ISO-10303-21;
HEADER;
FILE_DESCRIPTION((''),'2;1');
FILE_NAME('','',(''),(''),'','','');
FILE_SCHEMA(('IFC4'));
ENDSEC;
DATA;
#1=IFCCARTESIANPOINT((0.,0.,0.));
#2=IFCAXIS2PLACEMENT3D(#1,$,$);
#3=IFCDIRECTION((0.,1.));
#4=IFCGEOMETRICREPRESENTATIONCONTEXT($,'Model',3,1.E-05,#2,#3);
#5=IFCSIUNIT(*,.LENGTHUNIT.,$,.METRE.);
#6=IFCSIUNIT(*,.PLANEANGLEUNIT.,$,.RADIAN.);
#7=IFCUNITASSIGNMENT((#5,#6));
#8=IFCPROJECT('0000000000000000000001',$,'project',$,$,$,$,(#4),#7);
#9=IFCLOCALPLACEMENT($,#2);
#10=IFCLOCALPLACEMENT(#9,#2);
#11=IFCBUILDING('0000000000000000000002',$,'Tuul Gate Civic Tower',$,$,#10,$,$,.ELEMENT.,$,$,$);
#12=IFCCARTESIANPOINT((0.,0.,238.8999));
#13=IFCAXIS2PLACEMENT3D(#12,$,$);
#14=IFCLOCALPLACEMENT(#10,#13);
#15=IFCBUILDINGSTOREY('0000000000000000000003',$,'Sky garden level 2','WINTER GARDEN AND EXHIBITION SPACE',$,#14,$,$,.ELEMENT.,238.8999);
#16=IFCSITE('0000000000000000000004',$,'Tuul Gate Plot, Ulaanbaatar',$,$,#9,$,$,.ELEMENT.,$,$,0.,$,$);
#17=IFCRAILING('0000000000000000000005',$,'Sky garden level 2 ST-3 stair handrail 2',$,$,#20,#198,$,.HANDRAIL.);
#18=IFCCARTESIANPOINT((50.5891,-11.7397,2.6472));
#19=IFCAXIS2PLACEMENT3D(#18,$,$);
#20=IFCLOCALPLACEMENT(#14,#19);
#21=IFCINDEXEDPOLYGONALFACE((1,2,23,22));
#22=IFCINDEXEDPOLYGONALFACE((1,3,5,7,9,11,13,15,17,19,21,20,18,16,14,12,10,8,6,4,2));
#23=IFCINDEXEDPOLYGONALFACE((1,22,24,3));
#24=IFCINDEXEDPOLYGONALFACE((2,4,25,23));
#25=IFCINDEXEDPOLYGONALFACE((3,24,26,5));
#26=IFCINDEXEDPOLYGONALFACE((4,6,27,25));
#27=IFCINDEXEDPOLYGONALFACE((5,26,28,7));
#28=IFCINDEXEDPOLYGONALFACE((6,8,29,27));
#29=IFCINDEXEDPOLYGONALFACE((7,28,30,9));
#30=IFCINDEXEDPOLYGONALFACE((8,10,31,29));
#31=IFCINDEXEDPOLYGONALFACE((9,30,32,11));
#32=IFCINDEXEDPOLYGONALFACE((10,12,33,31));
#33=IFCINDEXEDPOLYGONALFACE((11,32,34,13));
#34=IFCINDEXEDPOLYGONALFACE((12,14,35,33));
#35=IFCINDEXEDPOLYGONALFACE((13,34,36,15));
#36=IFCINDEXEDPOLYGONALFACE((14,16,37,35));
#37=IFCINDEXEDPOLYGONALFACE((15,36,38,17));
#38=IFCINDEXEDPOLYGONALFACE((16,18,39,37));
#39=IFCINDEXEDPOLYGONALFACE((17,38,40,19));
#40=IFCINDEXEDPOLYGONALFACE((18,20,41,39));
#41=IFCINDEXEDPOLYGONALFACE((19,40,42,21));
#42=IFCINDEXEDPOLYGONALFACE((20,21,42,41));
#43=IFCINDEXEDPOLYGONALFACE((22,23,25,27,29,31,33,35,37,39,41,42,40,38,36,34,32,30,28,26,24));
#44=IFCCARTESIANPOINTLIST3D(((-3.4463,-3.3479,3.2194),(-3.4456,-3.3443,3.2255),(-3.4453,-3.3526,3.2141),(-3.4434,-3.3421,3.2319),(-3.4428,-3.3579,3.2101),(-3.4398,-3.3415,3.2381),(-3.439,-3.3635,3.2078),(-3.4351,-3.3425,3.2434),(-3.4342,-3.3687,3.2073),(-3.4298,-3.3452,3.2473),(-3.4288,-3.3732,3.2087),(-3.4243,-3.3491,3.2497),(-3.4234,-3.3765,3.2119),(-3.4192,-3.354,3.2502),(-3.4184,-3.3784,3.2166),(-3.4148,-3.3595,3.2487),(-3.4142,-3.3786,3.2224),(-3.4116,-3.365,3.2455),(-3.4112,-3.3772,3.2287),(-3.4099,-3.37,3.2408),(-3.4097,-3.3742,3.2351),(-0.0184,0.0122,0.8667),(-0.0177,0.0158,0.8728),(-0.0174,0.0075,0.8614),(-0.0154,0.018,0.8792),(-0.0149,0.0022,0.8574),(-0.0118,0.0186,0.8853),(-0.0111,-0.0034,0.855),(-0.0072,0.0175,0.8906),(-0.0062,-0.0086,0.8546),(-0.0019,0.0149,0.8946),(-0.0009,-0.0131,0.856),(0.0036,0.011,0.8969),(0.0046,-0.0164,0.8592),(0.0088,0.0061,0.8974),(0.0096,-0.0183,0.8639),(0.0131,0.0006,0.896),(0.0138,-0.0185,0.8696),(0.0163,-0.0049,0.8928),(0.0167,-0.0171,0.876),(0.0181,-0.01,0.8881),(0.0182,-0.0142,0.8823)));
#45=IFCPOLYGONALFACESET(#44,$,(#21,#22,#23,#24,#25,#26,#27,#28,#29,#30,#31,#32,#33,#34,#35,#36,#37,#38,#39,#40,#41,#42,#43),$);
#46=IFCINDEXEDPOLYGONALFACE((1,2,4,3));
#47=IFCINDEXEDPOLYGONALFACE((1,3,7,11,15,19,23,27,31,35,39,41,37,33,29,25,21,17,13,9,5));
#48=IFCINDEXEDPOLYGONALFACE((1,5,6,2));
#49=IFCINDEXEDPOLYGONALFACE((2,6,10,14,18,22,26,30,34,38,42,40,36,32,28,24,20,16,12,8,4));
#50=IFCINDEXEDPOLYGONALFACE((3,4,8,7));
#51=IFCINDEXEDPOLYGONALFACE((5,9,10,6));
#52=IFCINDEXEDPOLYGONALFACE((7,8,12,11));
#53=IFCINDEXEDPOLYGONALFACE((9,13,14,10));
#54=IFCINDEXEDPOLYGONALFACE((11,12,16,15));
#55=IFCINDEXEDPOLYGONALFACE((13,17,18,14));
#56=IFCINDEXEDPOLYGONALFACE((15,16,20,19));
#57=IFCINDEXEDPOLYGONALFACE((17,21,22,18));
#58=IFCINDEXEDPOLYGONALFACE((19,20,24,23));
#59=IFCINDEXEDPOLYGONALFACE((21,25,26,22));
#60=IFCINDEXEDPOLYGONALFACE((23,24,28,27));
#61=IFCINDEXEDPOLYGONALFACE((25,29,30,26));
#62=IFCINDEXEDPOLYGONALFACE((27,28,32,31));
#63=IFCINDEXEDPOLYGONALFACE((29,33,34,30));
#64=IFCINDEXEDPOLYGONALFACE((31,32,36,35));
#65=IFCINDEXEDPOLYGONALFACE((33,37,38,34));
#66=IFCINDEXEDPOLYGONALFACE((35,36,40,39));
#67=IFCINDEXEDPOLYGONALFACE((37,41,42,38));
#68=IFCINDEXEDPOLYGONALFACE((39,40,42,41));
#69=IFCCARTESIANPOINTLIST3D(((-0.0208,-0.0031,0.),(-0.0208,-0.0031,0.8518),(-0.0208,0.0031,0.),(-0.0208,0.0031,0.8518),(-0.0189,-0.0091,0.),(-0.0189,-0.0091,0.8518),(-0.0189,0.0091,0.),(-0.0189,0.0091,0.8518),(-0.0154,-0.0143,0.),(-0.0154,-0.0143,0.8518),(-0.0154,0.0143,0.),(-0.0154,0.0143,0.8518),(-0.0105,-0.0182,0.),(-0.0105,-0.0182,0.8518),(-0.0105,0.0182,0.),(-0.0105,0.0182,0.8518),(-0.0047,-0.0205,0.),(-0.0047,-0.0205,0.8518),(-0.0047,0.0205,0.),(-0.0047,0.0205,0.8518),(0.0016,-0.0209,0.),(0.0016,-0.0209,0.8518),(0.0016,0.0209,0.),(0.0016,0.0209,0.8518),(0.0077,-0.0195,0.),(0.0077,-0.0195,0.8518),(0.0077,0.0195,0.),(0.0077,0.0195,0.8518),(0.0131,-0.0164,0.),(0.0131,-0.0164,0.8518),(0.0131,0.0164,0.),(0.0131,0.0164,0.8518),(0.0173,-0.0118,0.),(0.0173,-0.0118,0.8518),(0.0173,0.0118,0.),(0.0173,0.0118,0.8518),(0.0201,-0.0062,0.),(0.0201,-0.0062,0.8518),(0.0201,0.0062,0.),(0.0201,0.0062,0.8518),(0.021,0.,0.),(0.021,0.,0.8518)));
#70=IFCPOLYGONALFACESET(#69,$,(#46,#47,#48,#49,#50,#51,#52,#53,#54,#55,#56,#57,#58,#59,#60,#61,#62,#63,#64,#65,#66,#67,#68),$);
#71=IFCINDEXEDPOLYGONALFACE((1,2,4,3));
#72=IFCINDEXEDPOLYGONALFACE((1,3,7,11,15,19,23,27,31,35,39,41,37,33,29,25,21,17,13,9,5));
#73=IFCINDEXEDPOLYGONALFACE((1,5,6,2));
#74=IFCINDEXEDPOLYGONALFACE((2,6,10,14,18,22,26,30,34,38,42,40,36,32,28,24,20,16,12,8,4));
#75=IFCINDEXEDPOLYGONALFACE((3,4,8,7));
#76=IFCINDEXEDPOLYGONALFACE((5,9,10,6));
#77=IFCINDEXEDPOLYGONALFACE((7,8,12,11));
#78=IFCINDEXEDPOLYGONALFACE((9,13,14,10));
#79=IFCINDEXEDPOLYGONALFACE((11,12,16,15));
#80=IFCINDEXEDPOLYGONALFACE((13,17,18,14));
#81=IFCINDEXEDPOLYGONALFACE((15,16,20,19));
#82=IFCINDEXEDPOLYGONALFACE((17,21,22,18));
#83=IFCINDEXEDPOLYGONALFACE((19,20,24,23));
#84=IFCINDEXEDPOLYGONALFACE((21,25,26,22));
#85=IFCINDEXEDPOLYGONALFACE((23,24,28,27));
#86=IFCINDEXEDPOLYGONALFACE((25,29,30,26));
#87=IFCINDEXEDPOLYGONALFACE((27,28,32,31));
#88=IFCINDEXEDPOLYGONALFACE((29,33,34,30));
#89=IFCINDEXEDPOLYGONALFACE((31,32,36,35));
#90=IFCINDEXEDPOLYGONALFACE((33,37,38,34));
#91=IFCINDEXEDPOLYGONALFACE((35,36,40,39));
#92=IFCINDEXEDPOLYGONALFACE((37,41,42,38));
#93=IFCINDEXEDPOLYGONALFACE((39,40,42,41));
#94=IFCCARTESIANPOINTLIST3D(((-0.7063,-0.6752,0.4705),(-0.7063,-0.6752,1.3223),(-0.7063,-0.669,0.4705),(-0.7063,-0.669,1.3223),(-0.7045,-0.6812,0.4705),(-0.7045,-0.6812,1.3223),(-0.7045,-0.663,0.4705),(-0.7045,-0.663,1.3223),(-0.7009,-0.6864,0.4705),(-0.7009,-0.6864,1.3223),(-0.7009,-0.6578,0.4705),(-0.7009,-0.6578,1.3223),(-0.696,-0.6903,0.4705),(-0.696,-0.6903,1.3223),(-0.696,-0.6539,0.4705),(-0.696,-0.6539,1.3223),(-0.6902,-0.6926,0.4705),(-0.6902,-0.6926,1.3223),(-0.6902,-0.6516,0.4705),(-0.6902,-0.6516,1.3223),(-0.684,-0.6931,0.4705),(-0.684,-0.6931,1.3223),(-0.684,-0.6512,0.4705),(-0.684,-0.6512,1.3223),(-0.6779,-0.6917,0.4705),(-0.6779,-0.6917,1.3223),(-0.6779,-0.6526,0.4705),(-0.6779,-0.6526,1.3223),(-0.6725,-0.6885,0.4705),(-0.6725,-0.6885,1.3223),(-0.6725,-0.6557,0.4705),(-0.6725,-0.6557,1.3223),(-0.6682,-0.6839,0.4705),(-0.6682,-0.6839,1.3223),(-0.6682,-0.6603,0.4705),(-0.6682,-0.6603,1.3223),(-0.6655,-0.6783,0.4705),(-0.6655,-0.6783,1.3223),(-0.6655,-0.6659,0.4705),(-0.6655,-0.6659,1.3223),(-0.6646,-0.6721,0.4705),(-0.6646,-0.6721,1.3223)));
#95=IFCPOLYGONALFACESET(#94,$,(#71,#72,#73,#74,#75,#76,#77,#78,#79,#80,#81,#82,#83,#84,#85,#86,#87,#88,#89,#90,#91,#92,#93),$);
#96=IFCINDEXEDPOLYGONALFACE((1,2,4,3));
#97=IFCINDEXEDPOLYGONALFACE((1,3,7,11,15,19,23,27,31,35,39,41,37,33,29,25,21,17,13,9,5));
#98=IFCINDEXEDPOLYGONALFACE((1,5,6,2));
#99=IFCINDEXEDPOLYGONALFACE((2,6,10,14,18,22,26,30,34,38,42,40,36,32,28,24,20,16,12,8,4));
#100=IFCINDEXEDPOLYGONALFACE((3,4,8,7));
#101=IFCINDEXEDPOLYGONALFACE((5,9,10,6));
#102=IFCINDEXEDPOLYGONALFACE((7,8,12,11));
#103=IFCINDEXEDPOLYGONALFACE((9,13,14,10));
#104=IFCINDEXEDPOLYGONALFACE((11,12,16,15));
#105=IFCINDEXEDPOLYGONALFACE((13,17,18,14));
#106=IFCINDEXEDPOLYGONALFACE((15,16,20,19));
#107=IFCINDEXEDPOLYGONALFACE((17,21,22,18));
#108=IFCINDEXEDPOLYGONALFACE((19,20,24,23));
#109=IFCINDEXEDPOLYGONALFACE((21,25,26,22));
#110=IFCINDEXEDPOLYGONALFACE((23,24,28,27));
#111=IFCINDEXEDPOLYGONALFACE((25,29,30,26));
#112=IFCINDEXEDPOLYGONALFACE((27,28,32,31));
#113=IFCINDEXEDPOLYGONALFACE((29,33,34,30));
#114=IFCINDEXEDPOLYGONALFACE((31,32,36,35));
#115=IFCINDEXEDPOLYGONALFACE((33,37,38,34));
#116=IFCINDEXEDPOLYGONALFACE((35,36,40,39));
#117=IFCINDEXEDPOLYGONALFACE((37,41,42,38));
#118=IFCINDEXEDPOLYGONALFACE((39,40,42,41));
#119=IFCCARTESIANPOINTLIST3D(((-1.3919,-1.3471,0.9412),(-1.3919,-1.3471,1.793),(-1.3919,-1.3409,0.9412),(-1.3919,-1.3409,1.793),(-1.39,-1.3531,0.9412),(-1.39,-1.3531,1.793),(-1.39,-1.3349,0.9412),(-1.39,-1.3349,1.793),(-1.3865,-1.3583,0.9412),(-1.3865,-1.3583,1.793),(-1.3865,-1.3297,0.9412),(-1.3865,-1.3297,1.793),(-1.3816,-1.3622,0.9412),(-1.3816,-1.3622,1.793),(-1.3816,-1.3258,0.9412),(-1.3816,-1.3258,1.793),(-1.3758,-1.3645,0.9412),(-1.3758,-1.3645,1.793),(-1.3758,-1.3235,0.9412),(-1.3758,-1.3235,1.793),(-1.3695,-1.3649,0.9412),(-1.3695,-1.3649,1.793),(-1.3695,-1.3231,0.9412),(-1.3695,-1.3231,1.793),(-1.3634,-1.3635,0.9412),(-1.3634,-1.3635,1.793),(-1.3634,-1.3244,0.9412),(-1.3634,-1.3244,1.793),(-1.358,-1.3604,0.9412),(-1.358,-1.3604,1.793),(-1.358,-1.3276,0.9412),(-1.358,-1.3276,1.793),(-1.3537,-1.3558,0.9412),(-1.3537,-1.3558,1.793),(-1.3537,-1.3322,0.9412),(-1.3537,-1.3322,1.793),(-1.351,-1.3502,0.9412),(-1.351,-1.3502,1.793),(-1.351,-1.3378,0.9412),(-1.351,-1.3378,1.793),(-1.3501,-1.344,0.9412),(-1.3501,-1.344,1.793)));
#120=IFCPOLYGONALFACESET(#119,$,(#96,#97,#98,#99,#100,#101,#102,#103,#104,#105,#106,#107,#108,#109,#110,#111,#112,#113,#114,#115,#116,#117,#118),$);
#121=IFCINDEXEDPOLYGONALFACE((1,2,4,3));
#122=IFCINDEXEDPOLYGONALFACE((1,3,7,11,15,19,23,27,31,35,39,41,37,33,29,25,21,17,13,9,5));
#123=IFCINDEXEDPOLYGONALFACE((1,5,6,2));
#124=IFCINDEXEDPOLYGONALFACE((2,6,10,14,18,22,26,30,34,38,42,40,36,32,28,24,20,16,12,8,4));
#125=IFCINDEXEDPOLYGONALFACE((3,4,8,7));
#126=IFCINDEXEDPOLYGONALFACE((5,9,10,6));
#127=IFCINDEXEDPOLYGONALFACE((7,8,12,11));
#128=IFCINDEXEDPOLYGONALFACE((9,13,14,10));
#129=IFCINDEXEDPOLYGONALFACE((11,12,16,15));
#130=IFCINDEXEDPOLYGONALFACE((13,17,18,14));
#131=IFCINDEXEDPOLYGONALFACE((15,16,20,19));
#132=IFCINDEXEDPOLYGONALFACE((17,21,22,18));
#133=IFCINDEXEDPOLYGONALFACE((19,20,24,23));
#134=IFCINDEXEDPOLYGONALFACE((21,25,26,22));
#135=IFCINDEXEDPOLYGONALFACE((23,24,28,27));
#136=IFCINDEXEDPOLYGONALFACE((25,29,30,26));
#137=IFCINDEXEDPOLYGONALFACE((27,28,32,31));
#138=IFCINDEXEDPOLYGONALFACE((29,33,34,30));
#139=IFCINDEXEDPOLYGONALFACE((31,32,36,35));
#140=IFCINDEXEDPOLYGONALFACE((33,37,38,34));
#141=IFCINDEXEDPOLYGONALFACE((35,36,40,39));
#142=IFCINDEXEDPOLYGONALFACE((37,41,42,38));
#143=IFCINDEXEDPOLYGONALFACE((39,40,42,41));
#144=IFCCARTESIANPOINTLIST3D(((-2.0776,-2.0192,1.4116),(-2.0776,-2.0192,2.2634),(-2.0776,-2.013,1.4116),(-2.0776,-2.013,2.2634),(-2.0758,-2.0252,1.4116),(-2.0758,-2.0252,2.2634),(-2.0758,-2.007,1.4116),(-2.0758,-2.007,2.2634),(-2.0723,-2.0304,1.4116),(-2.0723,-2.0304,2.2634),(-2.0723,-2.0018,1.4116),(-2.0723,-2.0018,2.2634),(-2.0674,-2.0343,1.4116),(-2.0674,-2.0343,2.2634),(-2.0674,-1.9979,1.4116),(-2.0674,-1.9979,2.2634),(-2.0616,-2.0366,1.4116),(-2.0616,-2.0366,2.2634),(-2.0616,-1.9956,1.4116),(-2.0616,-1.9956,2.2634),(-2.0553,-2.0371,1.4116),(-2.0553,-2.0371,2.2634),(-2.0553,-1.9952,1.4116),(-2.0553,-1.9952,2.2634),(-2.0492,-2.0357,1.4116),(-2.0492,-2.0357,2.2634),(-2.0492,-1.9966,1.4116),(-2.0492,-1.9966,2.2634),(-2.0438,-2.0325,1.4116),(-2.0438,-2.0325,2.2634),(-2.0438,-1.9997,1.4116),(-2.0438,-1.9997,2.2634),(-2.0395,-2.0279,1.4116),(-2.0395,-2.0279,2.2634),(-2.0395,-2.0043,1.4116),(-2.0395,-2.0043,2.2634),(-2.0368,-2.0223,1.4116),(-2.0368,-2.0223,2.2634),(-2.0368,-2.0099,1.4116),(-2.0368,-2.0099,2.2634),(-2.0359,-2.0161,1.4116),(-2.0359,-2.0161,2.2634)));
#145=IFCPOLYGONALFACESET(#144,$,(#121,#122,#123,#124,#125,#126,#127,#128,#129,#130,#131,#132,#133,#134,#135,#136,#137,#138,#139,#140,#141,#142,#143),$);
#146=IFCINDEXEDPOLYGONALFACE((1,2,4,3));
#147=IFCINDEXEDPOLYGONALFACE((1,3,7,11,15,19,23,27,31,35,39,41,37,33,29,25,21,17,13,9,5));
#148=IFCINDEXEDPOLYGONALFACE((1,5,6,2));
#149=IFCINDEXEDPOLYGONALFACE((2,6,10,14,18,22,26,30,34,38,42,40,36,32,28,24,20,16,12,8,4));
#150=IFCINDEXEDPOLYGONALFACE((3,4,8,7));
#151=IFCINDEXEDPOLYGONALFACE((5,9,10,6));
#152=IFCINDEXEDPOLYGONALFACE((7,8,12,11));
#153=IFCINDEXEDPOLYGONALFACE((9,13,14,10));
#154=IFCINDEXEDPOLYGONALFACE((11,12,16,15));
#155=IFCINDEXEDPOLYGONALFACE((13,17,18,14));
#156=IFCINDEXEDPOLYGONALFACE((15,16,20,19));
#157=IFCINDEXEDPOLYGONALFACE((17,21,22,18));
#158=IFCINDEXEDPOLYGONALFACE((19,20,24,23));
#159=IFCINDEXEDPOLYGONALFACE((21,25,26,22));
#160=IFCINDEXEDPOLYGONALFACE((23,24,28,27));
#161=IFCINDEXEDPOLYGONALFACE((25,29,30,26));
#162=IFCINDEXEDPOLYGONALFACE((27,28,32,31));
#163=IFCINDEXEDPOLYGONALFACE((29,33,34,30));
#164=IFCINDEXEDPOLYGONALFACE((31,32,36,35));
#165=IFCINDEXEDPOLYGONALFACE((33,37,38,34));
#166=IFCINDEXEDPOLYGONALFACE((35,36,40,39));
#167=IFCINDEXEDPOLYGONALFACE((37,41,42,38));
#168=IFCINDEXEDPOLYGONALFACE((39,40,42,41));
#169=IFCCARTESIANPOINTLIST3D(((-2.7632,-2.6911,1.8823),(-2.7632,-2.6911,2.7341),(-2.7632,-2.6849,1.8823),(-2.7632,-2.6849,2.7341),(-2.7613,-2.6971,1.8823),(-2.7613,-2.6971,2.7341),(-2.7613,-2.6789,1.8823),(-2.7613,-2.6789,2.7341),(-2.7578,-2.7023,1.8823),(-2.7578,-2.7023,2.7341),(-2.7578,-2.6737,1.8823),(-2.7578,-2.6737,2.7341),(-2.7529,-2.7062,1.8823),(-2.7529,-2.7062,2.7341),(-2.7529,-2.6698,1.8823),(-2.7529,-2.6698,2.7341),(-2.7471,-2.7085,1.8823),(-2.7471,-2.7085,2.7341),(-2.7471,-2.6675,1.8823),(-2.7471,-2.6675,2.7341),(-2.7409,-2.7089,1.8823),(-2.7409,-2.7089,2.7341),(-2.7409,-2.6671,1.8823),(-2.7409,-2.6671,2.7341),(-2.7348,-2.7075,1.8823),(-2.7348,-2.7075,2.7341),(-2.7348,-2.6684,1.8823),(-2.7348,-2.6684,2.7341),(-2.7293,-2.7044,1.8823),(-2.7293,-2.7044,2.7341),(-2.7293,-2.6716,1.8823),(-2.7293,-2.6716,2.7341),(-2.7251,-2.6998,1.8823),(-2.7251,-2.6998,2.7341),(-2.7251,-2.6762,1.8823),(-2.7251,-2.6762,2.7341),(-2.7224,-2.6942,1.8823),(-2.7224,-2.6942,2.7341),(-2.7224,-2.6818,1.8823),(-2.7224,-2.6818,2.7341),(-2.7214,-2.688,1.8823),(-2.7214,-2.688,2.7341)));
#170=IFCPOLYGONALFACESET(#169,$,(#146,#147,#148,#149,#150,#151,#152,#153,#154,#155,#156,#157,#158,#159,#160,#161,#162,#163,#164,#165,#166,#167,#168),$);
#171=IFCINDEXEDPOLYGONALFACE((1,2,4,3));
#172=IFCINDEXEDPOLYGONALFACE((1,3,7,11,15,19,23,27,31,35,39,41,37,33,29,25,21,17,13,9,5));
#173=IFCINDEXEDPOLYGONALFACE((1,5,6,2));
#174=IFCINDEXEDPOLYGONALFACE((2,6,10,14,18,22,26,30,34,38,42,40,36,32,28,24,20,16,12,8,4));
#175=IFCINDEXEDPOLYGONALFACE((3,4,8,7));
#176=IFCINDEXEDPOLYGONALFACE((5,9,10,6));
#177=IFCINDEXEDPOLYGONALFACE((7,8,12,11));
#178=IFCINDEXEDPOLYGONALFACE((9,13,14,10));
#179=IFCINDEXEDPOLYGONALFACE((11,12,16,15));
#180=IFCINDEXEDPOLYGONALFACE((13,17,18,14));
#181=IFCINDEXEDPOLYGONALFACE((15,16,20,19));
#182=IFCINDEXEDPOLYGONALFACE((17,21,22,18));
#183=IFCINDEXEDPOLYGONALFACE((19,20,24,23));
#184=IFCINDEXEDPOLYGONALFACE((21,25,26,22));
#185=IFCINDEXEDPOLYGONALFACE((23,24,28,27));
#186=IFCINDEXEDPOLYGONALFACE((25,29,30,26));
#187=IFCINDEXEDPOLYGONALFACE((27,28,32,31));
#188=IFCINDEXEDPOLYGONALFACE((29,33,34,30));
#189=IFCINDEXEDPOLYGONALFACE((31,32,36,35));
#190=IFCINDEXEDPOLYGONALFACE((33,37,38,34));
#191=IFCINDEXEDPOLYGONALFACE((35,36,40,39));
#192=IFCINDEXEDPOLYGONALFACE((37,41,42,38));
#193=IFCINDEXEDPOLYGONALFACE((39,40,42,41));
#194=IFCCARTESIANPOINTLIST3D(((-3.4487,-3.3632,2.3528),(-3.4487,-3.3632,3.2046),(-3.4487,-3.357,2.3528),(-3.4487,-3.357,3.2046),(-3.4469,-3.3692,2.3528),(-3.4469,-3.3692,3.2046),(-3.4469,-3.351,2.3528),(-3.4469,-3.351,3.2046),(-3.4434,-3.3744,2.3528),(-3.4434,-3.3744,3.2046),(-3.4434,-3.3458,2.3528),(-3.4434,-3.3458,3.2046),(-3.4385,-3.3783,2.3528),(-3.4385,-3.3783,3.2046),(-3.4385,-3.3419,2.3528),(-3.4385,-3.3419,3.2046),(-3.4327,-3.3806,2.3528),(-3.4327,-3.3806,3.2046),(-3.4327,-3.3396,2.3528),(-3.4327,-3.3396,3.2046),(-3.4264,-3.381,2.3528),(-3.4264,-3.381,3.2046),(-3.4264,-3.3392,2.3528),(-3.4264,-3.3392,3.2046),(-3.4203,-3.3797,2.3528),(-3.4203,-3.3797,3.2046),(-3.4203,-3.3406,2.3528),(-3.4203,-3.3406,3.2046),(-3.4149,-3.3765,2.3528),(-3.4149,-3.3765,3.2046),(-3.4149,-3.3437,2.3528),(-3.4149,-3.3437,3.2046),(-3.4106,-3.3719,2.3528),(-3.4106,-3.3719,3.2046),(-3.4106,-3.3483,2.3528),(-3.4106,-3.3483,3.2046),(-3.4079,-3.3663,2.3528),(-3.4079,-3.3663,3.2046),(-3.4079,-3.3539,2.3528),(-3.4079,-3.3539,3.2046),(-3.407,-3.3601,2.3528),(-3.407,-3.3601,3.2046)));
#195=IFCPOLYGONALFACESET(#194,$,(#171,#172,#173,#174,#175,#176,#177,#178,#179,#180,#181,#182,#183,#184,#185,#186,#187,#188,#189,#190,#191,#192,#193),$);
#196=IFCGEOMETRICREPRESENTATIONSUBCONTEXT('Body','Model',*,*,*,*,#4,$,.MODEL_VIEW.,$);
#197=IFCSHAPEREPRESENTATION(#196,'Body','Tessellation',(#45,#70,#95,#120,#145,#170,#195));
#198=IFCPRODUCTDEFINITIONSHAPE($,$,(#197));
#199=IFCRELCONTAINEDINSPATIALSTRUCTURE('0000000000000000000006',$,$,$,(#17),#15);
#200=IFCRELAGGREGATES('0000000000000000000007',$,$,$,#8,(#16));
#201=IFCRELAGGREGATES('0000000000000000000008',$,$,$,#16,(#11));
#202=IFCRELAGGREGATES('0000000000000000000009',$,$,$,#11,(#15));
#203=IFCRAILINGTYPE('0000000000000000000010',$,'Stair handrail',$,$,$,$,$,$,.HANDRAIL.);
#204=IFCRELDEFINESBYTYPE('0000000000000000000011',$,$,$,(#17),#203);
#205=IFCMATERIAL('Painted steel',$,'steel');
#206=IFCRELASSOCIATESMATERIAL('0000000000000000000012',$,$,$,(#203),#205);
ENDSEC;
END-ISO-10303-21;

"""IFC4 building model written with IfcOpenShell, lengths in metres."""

from ifc_helpers import new_model, si_unit, direction, frame, origin, origin_2d, place, context, subcontext, project, spatial, circle, extrude, material, type_object, element, save


model = new_model("IFC4")

# Units and contexts
model_context = context("Model", 3, precision=1e-05, world=origin(), true_north=direction((0.0, 1.0)))
body_context = subcontext(model_context, "Body", "Model", "MODEL_VIEW")
ifc_project = project(units=[si_unit("LENGTHUNIT", "METRE"), si_unit("PLANEANGLEUNIT", "RADIAN")], contexts=[model_context])

# Site, building, storey
site_placement = place(None, origin())
site = spatial("IfcSite", under=ifc_project, at=site_placement, Name="Tuul Gate Plot, Ulaanbaatar", CompositionType="ELEMENT", RefElevation=0.0)
building_placement = place(site_placement, origin())
building = spatial("IfcBuilding", under=site, at=building_placement, Name="Tuul Gate Civic Tower", CompositionType="ELEMENT")
storey_placement = place(building_placement, frame((0.0, 0.0, 238.8999)))
storey = spatial("IfcBuildingStorey", under=building, at=storey_placement, Name="Sky garden level 2", Description="WINTER GARDEN AND EXHIBITION SPACE", CompositionType="ELEMENT", Elevation=238.8999)

# Railing
ifc_material_1 = material(Name="Painted steel", Category="steel")
railing_type = type_object("IfcRailingType", Name="Stair handrail", PredefinedType="HANDRAIL", material=ifc_material_1)
railing_placement = place(storey_placement, frame((50.5891, -11.7397, 2.6472)))
element("IfcRailing", 1, at=railing_placement, inside=storey, type_object=railing_type, Name="Sky garden level 2 ST-3 stair handrail 2", PredefinedType="HANDRAIL", context=body_context, shape_type="SweptSolid", body=[
    extrude(circle(Radius=0.0239, at=origin_2d()), frame((0.0, 0.0, 0.876), z_axis=(-0.641254, -0.628558, 0.440123), x_axis=(0.700002, -0.714141, 0.0)), (0.0, 0.0, 1.0), 5.3457),
    extrude(circle(Radius=0.021, at=origin_2d()), origin(), (0.0, 0.0, 1.0), 0.8518),
    extrude(circle(Radius=0.021, at=origin_2d()), frame((-0.6855, -0.6721, 0.4705)), (0.0, 0.0, 1.0), 0.8518),
    extrude(circle(Radius=0.021, at=origin_2d()), frame((-1.3711, -1.344, 0.9412)), (0.0, 0.0, 1.0), 0.8518),
    extrude(circle(Radius=0.021, at=origin_2d()), frame((-2.0569, -2.0161, 1.4116)), (0.0, 0.0, 1.0), 0.8518),
    extrude(circle(Radius=0.021, at=origin_2d()), frame((-2.7424, -2.688, 1.8823)), (0.0, 0.0, 1.0), 0.8518),
    extrude(circle(Radius=0.021, at=origin_2d()), frame((-3.428, -3.3601, 2.3528)), (0.0, 0.0, 1.0), 0.8518),
])

save(model, "model.ifc")
